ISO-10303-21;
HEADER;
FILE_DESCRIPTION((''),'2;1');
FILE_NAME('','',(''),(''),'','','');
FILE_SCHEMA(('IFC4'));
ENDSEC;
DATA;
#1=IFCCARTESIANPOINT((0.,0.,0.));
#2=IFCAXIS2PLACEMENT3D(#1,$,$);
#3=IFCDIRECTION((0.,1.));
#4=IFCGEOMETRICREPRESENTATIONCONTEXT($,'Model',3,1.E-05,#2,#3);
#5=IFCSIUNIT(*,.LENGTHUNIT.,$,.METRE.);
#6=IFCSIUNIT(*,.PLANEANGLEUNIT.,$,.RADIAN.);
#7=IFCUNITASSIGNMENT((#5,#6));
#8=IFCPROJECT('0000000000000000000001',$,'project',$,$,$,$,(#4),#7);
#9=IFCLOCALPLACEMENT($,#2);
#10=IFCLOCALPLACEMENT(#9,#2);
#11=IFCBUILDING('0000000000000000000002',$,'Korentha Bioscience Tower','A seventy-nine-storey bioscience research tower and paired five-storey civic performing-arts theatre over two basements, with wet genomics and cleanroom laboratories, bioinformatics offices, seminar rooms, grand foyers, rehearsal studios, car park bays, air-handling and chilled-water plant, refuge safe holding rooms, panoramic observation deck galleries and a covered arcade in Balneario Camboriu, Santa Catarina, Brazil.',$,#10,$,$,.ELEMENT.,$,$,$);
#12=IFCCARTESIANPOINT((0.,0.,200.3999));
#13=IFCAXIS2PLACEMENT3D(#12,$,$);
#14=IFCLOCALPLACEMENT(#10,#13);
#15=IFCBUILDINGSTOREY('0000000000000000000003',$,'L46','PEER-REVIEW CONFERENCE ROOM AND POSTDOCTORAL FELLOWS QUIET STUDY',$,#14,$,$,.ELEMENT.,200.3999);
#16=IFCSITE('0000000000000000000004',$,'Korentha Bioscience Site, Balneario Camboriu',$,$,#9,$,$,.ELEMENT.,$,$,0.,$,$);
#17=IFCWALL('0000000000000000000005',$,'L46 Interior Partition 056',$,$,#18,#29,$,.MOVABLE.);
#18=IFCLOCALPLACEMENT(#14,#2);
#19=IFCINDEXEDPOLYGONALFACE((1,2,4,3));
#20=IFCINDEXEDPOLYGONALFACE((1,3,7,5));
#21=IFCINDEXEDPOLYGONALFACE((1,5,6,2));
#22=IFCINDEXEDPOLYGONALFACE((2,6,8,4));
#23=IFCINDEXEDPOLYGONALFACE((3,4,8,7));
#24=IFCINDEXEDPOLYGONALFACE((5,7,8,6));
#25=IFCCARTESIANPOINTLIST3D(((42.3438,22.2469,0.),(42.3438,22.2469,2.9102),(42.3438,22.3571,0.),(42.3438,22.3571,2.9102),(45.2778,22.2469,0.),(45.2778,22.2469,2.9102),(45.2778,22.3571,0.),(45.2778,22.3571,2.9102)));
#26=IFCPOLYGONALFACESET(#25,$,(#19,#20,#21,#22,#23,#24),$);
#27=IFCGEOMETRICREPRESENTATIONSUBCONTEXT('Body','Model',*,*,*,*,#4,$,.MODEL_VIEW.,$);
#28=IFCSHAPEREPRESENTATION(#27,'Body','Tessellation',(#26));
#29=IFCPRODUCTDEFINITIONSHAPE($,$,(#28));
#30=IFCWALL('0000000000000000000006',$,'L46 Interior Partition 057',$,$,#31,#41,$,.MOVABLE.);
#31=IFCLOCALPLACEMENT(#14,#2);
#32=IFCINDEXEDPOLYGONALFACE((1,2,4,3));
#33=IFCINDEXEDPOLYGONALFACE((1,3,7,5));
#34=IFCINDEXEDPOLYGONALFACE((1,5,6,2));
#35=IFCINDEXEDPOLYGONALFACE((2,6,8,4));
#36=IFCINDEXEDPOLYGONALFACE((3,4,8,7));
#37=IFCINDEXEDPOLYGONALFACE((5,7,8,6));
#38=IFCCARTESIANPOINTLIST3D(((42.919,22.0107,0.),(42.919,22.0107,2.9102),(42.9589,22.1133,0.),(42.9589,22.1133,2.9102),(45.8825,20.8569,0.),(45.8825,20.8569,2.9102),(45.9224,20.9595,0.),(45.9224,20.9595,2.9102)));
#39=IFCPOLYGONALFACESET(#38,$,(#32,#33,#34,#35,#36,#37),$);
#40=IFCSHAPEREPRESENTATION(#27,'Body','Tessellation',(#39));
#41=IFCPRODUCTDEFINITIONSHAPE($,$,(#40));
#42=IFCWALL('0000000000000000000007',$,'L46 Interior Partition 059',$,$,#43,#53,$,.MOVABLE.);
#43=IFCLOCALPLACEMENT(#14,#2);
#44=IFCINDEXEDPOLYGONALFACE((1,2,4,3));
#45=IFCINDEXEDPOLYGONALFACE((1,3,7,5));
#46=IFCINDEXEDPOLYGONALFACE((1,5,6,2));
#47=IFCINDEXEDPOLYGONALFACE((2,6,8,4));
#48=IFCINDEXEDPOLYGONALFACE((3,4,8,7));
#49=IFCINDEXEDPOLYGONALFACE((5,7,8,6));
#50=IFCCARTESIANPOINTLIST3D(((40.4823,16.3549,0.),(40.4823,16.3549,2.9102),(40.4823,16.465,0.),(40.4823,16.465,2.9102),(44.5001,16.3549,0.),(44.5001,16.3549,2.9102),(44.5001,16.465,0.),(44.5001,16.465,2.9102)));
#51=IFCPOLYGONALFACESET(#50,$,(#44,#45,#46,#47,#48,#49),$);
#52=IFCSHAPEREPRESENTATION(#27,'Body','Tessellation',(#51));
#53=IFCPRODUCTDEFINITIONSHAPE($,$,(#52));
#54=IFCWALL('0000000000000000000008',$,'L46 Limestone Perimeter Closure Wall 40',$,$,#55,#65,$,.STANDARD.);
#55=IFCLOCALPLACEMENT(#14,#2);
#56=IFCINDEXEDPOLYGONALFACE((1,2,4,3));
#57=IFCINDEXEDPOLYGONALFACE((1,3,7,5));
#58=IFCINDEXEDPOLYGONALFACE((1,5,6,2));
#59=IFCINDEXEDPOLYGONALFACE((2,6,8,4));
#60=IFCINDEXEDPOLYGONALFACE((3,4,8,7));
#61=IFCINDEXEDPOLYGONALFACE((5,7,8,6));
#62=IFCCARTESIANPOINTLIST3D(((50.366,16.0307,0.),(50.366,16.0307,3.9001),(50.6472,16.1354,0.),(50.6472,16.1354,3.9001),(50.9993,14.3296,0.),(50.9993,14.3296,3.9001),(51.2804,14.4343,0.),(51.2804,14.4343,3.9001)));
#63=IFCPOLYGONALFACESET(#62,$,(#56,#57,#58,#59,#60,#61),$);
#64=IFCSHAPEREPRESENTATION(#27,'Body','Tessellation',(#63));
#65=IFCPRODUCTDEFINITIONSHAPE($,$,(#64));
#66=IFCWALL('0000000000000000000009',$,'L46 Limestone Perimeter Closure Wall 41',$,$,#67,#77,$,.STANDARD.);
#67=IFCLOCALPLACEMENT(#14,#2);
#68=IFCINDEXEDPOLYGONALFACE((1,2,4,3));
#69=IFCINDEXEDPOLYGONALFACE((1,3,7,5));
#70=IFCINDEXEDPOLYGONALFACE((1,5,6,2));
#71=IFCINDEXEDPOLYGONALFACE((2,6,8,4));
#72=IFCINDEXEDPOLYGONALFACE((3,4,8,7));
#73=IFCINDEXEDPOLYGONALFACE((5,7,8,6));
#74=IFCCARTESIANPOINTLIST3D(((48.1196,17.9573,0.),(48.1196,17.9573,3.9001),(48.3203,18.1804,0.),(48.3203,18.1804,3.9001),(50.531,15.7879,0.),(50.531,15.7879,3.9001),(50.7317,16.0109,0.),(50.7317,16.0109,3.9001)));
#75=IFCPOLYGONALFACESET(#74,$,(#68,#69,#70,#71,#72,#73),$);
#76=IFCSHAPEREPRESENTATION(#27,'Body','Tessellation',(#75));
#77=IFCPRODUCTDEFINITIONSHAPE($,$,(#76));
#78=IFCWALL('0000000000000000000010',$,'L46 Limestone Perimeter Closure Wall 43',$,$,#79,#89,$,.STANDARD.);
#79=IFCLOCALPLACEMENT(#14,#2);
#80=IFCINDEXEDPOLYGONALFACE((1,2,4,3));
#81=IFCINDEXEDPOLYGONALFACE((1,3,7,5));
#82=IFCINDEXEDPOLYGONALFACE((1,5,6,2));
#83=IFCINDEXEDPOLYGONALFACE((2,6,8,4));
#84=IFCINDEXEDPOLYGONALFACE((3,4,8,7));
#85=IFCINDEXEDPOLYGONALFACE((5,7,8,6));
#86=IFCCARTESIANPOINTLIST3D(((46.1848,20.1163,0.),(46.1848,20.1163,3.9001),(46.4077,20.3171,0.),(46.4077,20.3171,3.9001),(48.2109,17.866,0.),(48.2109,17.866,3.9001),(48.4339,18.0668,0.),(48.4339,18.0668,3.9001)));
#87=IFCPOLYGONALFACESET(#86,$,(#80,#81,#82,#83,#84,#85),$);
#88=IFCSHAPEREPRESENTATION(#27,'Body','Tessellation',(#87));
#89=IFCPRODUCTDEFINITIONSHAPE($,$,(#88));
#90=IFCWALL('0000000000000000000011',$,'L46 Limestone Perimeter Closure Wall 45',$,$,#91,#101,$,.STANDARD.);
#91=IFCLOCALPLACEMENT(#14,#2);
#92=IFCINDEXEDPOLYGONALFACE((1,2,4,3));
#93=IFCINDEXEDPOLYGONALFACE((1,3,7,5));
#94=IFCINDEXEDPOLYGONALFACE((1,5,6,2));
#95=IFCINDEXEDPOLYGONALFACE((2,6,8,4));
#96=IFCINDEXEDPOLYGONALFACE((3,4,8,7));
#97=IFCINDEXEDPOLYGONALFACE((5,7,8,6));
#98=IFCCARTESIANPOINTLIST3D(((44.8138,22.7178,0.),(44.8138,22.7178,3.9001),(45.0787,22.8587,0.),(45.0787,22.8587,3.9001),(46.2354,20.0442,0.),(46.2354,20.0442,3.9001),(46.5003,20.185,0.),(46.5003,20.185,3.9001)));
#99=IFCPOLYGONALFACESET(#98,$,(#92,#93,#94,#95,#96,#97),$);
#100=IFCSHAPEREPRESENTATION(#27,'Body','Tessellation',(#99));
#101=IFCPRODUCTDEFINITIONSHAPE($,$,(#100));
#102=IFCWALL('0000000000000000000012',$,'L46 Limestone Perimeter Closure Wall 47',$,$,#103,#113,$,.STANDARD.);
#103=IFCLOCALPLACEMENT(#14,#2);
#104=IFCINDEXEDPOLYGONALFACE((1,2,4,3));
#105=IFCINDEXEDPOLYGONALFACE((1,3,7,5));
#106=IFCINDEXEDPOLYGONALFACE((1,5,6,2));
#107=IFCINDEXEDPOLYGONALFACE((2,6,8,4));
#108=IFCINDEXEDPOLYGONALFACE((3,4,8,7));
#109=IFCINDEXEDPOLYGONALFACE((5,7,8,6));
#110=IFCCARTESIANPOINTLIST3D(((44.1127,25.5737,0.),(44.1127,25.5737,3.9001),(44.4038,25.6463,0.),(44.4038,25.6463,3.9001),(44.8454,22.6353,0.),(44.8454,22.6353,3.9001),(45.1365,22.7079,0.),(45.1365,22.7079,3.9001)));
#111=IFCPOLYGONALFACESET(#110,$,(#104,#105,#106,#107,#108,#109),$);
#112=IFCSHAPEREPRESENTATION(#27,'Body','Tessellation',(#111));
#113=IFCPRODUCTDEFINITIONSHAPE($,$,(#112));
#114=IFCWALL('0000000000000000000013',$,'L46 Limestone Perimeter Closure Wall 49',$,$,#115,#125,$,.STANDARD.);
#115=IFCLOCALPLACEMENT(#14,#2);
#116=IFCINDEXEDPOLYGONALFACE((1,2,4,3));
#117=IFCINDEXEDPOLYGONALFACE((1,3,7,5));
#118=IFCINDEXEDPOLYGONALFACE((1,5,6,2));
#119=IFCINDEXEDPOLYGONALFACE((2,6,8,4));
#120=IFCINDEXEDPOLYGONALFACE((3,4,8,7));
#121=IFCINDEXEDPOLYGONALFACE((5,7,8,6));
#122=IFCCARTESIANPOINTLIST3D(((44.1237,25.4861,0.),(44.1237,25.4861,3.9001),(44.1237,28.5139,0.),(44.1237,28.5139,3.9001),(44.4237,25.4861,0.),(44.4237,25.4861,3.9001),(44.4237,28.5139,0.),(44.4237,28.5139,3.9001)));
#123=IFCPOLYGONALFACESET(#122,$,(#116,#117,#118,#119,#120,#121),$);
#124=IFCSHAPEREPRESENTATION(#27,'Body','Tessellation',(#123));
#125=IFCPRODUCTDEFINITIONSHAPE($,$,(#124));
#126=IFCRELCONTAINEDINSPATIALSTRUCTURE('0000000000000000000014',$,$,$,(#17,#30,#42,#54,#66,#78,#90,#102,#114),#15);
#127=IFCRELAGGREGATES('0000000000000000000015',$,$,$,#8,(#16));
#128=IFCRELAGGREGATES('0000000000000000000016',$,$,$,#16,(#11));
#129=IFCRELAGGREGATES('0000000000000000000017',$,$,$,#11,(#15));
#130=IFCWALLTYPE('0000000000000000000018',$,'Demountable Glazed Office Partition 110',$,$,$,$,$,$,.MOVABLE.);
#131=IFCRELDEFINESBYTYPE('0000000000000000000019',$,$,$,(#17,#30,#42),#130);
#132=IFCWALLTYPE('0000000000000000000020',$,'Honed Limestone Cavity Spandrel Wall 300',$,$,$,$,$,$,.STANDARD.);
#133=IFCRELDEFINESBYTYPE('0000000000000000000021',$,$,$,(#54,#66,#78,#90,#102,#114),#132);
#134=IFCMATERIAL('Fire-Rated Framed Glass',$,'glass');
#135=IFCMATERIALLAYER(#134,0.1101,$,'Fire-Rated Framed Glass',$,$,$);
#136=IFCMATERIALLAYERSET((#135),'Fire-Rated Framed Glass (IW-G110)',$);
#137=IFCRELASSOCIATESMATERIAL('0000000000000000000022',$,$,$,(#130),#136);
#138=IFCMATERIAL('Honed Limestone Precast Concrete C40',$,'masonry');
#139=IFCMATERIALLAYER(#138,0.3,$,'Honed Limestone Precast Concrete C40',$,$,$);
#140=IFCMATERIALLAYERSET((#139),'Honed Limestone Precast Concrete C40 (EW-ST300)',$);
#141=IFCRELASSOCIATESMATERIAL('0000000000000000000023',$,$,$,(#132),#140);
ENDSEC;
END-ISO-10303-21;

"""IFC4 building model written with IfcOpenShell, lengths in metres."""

from ifc_helpers import new_model, si_unit, direction, frame, frame_2d, origin, place, context, subcontext, project, spatial, rectangle, extrude, material, layer, layer_set, type_object, element, save


model = new_model("IFC4")

# Units and contexts
model_context = context("Model", 3, precision=1e-05, world=origin(), true_north=direction((0.0, 1.0)))
body_context = subcontext(model_context, "Body", "Model", "MODEL_VIEW")
ifc_project = project(units=[si_unit("LENGTHUNIT", "METRE"), si_unit("PLANEANGLEUNIT", "RADIAN")], contexts=[model_context])

# Site, building, storey
site_placement = place(None, origin())
site = spatial("IfcSite", under=ifc_project, at=site_placement, Name="Korentha Bioscience Site, Balneario Camboriu", CompositionType="ELEMENT", RefElevation=0.0)
building_placement = place(site_placement, origin())
building = spatial("IfcBuilding", under=site, at=building_placement, Name="Korentha Bioscience Tower", Description="A seventy-nine-storey bioscience research tower and paired five-storey civic performing-arts theatre over two basements, with wet genomics and cleanroom laboratories, bioinformatics offices, seminar rooms, grand foyers, rehearsal studios, car park bays, air-handling and chilled-water plant, refuge safe holding rooms, panoramic observation deck galleries and a covered arcade in Balneario Camboriu, Santa Catarina, Brazil.", CompositionType="ELEMENT")
storey_placement = place(building_placement, frame((0.0, 0.0, 200.3999)))
storey = spatial("IfcBuildingStorey", under=building, at=storey_placement, Name="L46", Description="PEER-REVIEW CONFERENCE ROOM AND POSTDOCTORAL FELLOWS QUIET STUDY", CompositionType="ELEMENT", Elevation=200.3999)

# Walls
ifc_material_1 = material(Name="Fire-Rated Framed Glass", Category="glass")
ifc_layer_1 = layer(ifc_material_1, 0.1101, Name="Fire-Rated Framed Glass")
ifc_layer_set_1 = layer_set([ifc_layer_1], Name="Fire-Rated Framed Glass (IW-G110)")
wall_type_1 = type_object("IfcWallType", Name="Demountable Glazed Office Partition 110", PredefinedType="MOVABLE", material=ifc_layer_set_1)
wall_1_placement = place(storey_placement, frame((45.2778, 22.302, 0.0), z_axis=(0.0, 0.0, 1.0), x_axis=(-1.0, 0.0, 0.0)))
element("IfcWall", 1, at=wall_1_placement, inside=storey, type_object=wall_type_1, Name="L46 Interior Partition 056", PredefinedType="MOVABLE", context=body_context, shape_type="SweptSolid", body=[
    extrude(rectangle(XDim=2.9341, YDim=0.1101, at=frame_2d((1.467, 0.0))), origin(), (0.0, 0.0, 1.0), 2.9102),
])
wall_2_placement = place(storey_placement, frame((42.939, 22.062, 0.0), z_axis=(0.0, 0.0, 1.0), x_axis=(0.931858, -0.362824, 0.0)))
element("IfcWall", 2, at=wall_2_placement, inside=storey, type_object=wall_type_1, Name="L46 Interior Partition 057", PredefinedType="MOVABLE", context=body_context, shape_type="SweptSolid", body=[
    extrude(rectangle(XDim=3.1802, YDim=0.1101, at=frame_2d((1.5901, 0.0))), origin(), (0.0, 0.0, 1.0), 2.9102),
])
wall_3_placement = place(storey_placement, frame((44.5, 16.4099, 0.0), z_axis=(0.0, 0.0, 1.0), x_axis=(-1.0, 0.0, 0.0)))
element("IfcWall", 3, at=wall_3_placement, inside=storey, type_object=wall_type_1, Name="L46 Interior Partition 059", PredefinedType="MOVABLE", context=body_context, shape_type="SweptSolid", body=[
    extrude(rectangle(XDim=4.0178, YDim=0.1101, at=frame_2d((2.0088, 0.0))), origin(), (0.0, 0.0, 1.0), 2.9102),
])
ifc_material_2 = material(Name="Honed Limestone Precast Concrete C40", Category="masonry")
ifc_layer_2 = layer(ifc_material_2, 0.3, Name="Honed Limestone Precast Concrete C40")
ifc_layer_set_2 = layer_set([ifc_layer_2], Name="Honed Limestone Precast Concrete C40 (EW-ST300)")
wall_type_2 = type_object("IfcWallType", Name="Honed Limestone Cavity Spandrel Wall 300", PredefinedType="STANDARD", material=ifc_layer_set_2)
wall_4_placement = place(storey_placement, frame((51.1399, 14.3818, 0.0), z_axis=(0.0, 0.0, 1.0), x_axis=(-0.348882, 0.937167, 0.0)))
element("IfcWall", 4, at=wall_4_placement, inside=storey, type_object=wall_type_2, Name="L46 Limestone Perimeter Closure Wall 40", PredefinedType="STANDARD", context=body_context, shape_type="SweptSolid", body=[
    extrude(rectangle(XDim=1.8152, YDim=0.3, at=frame_2d((0.9077, 0.0))), origin(), (0.0, 0.0, 1.0), 3.9001),
])
wall_5_placement = place(storey_placement, frame((50.6313, 15.8994, 0.0), z_axis=(0.0, 0.0, 1.0), x_axis=(-0.743418, 0.668827, 0.0)))
element("IfcWall", 5, at=wall_5_placement, inside=storey, type_object=wall_type_2, Name="L46 Limestone Perimeter Closure Wall 41", PredefinedType="STANDARD", context=body_context, shape_type="SweptSolid", body=[
    extrude(rectangle(XDim=3.2437, YDim=0.3, at=frame_2d((1.6218, 0.0))), origin(), (0.0, 0.0, 1.0), 3.9001),
])
for number, where, z_axis, x_axis, name in (
    (6, (48.3225, 17.9663, 0.0), (0.0, 0.0, 1.0), (-0.66913, 0.743146, 0.0), "L46 Limestone Perimeter Closure Wall 43"),
    (7, (46.3679, 20.1145, 0.0), (0.0, 0.0, 1.0), (-0.469487, 0.882939, 0.0), "L46 Limestone Perimeter Closure Wall 45"),
):
    element("IfcWall", number, at=place(storey_placement, frame(where, z_axis=z_axis, x_axis=x_axis)), inside=storey, type_object=wall_type_2, Name=name, PredefinedType="STANDARD", context=body_context, shape_type="SweptSolid", body=[
        extrude(rectangle(XDim=3.0281, YDim=0.3, at=frame_2d((1.5142, 0.0))), origin(), (0.0, 0.0, 1.0), 3.9001),
    ])
wall_6_placement = place(storey_placement, frame((44.991, 22.6716, 0.0), z_axis=(0.0, 0.0, 1.0), x_axis=(-0.241948, 0.970289, 0.0)))
element("IfcWall", 8, at=wall_6_placement, inside=storey, type_object=wall_type_2, Name="L46 Limestone Perimeter Closure Wall 47", PredefinedType="STANDARD", context=body_context, shape_type="SweptSolid", body=[
    extrude(rectangle(XDim=3.0283, YDim=0.3, at=frame_2d((1.5142, 0.0))), origin(), (0.0, 0.0, 1.0), 3.9001),
])
wall_7_placement = place(storey_placement, frame((44.2737, 25.4861, 0.0), z_axis=(0.0, 0.0, 1.0), x_axis=(0.0, 1.0, 0.0)))
element("IfcWall", 9, at=wall_7_placement, inside=storey, type_object=wall_type_2, Name="L46 Limestone Perimeter Closure Wall 49", PredefinedType="STANDARD", context=body_context, shape_type="SweptSolid", body=[
    extrude(rectangle(XDim=3.0278, YDim=0.3, at=frame_2d((1.5139, 0.0))), origin(), (0.0, 0.0, 1.0), 3.9001),
])

save(model, "model.ifc")
